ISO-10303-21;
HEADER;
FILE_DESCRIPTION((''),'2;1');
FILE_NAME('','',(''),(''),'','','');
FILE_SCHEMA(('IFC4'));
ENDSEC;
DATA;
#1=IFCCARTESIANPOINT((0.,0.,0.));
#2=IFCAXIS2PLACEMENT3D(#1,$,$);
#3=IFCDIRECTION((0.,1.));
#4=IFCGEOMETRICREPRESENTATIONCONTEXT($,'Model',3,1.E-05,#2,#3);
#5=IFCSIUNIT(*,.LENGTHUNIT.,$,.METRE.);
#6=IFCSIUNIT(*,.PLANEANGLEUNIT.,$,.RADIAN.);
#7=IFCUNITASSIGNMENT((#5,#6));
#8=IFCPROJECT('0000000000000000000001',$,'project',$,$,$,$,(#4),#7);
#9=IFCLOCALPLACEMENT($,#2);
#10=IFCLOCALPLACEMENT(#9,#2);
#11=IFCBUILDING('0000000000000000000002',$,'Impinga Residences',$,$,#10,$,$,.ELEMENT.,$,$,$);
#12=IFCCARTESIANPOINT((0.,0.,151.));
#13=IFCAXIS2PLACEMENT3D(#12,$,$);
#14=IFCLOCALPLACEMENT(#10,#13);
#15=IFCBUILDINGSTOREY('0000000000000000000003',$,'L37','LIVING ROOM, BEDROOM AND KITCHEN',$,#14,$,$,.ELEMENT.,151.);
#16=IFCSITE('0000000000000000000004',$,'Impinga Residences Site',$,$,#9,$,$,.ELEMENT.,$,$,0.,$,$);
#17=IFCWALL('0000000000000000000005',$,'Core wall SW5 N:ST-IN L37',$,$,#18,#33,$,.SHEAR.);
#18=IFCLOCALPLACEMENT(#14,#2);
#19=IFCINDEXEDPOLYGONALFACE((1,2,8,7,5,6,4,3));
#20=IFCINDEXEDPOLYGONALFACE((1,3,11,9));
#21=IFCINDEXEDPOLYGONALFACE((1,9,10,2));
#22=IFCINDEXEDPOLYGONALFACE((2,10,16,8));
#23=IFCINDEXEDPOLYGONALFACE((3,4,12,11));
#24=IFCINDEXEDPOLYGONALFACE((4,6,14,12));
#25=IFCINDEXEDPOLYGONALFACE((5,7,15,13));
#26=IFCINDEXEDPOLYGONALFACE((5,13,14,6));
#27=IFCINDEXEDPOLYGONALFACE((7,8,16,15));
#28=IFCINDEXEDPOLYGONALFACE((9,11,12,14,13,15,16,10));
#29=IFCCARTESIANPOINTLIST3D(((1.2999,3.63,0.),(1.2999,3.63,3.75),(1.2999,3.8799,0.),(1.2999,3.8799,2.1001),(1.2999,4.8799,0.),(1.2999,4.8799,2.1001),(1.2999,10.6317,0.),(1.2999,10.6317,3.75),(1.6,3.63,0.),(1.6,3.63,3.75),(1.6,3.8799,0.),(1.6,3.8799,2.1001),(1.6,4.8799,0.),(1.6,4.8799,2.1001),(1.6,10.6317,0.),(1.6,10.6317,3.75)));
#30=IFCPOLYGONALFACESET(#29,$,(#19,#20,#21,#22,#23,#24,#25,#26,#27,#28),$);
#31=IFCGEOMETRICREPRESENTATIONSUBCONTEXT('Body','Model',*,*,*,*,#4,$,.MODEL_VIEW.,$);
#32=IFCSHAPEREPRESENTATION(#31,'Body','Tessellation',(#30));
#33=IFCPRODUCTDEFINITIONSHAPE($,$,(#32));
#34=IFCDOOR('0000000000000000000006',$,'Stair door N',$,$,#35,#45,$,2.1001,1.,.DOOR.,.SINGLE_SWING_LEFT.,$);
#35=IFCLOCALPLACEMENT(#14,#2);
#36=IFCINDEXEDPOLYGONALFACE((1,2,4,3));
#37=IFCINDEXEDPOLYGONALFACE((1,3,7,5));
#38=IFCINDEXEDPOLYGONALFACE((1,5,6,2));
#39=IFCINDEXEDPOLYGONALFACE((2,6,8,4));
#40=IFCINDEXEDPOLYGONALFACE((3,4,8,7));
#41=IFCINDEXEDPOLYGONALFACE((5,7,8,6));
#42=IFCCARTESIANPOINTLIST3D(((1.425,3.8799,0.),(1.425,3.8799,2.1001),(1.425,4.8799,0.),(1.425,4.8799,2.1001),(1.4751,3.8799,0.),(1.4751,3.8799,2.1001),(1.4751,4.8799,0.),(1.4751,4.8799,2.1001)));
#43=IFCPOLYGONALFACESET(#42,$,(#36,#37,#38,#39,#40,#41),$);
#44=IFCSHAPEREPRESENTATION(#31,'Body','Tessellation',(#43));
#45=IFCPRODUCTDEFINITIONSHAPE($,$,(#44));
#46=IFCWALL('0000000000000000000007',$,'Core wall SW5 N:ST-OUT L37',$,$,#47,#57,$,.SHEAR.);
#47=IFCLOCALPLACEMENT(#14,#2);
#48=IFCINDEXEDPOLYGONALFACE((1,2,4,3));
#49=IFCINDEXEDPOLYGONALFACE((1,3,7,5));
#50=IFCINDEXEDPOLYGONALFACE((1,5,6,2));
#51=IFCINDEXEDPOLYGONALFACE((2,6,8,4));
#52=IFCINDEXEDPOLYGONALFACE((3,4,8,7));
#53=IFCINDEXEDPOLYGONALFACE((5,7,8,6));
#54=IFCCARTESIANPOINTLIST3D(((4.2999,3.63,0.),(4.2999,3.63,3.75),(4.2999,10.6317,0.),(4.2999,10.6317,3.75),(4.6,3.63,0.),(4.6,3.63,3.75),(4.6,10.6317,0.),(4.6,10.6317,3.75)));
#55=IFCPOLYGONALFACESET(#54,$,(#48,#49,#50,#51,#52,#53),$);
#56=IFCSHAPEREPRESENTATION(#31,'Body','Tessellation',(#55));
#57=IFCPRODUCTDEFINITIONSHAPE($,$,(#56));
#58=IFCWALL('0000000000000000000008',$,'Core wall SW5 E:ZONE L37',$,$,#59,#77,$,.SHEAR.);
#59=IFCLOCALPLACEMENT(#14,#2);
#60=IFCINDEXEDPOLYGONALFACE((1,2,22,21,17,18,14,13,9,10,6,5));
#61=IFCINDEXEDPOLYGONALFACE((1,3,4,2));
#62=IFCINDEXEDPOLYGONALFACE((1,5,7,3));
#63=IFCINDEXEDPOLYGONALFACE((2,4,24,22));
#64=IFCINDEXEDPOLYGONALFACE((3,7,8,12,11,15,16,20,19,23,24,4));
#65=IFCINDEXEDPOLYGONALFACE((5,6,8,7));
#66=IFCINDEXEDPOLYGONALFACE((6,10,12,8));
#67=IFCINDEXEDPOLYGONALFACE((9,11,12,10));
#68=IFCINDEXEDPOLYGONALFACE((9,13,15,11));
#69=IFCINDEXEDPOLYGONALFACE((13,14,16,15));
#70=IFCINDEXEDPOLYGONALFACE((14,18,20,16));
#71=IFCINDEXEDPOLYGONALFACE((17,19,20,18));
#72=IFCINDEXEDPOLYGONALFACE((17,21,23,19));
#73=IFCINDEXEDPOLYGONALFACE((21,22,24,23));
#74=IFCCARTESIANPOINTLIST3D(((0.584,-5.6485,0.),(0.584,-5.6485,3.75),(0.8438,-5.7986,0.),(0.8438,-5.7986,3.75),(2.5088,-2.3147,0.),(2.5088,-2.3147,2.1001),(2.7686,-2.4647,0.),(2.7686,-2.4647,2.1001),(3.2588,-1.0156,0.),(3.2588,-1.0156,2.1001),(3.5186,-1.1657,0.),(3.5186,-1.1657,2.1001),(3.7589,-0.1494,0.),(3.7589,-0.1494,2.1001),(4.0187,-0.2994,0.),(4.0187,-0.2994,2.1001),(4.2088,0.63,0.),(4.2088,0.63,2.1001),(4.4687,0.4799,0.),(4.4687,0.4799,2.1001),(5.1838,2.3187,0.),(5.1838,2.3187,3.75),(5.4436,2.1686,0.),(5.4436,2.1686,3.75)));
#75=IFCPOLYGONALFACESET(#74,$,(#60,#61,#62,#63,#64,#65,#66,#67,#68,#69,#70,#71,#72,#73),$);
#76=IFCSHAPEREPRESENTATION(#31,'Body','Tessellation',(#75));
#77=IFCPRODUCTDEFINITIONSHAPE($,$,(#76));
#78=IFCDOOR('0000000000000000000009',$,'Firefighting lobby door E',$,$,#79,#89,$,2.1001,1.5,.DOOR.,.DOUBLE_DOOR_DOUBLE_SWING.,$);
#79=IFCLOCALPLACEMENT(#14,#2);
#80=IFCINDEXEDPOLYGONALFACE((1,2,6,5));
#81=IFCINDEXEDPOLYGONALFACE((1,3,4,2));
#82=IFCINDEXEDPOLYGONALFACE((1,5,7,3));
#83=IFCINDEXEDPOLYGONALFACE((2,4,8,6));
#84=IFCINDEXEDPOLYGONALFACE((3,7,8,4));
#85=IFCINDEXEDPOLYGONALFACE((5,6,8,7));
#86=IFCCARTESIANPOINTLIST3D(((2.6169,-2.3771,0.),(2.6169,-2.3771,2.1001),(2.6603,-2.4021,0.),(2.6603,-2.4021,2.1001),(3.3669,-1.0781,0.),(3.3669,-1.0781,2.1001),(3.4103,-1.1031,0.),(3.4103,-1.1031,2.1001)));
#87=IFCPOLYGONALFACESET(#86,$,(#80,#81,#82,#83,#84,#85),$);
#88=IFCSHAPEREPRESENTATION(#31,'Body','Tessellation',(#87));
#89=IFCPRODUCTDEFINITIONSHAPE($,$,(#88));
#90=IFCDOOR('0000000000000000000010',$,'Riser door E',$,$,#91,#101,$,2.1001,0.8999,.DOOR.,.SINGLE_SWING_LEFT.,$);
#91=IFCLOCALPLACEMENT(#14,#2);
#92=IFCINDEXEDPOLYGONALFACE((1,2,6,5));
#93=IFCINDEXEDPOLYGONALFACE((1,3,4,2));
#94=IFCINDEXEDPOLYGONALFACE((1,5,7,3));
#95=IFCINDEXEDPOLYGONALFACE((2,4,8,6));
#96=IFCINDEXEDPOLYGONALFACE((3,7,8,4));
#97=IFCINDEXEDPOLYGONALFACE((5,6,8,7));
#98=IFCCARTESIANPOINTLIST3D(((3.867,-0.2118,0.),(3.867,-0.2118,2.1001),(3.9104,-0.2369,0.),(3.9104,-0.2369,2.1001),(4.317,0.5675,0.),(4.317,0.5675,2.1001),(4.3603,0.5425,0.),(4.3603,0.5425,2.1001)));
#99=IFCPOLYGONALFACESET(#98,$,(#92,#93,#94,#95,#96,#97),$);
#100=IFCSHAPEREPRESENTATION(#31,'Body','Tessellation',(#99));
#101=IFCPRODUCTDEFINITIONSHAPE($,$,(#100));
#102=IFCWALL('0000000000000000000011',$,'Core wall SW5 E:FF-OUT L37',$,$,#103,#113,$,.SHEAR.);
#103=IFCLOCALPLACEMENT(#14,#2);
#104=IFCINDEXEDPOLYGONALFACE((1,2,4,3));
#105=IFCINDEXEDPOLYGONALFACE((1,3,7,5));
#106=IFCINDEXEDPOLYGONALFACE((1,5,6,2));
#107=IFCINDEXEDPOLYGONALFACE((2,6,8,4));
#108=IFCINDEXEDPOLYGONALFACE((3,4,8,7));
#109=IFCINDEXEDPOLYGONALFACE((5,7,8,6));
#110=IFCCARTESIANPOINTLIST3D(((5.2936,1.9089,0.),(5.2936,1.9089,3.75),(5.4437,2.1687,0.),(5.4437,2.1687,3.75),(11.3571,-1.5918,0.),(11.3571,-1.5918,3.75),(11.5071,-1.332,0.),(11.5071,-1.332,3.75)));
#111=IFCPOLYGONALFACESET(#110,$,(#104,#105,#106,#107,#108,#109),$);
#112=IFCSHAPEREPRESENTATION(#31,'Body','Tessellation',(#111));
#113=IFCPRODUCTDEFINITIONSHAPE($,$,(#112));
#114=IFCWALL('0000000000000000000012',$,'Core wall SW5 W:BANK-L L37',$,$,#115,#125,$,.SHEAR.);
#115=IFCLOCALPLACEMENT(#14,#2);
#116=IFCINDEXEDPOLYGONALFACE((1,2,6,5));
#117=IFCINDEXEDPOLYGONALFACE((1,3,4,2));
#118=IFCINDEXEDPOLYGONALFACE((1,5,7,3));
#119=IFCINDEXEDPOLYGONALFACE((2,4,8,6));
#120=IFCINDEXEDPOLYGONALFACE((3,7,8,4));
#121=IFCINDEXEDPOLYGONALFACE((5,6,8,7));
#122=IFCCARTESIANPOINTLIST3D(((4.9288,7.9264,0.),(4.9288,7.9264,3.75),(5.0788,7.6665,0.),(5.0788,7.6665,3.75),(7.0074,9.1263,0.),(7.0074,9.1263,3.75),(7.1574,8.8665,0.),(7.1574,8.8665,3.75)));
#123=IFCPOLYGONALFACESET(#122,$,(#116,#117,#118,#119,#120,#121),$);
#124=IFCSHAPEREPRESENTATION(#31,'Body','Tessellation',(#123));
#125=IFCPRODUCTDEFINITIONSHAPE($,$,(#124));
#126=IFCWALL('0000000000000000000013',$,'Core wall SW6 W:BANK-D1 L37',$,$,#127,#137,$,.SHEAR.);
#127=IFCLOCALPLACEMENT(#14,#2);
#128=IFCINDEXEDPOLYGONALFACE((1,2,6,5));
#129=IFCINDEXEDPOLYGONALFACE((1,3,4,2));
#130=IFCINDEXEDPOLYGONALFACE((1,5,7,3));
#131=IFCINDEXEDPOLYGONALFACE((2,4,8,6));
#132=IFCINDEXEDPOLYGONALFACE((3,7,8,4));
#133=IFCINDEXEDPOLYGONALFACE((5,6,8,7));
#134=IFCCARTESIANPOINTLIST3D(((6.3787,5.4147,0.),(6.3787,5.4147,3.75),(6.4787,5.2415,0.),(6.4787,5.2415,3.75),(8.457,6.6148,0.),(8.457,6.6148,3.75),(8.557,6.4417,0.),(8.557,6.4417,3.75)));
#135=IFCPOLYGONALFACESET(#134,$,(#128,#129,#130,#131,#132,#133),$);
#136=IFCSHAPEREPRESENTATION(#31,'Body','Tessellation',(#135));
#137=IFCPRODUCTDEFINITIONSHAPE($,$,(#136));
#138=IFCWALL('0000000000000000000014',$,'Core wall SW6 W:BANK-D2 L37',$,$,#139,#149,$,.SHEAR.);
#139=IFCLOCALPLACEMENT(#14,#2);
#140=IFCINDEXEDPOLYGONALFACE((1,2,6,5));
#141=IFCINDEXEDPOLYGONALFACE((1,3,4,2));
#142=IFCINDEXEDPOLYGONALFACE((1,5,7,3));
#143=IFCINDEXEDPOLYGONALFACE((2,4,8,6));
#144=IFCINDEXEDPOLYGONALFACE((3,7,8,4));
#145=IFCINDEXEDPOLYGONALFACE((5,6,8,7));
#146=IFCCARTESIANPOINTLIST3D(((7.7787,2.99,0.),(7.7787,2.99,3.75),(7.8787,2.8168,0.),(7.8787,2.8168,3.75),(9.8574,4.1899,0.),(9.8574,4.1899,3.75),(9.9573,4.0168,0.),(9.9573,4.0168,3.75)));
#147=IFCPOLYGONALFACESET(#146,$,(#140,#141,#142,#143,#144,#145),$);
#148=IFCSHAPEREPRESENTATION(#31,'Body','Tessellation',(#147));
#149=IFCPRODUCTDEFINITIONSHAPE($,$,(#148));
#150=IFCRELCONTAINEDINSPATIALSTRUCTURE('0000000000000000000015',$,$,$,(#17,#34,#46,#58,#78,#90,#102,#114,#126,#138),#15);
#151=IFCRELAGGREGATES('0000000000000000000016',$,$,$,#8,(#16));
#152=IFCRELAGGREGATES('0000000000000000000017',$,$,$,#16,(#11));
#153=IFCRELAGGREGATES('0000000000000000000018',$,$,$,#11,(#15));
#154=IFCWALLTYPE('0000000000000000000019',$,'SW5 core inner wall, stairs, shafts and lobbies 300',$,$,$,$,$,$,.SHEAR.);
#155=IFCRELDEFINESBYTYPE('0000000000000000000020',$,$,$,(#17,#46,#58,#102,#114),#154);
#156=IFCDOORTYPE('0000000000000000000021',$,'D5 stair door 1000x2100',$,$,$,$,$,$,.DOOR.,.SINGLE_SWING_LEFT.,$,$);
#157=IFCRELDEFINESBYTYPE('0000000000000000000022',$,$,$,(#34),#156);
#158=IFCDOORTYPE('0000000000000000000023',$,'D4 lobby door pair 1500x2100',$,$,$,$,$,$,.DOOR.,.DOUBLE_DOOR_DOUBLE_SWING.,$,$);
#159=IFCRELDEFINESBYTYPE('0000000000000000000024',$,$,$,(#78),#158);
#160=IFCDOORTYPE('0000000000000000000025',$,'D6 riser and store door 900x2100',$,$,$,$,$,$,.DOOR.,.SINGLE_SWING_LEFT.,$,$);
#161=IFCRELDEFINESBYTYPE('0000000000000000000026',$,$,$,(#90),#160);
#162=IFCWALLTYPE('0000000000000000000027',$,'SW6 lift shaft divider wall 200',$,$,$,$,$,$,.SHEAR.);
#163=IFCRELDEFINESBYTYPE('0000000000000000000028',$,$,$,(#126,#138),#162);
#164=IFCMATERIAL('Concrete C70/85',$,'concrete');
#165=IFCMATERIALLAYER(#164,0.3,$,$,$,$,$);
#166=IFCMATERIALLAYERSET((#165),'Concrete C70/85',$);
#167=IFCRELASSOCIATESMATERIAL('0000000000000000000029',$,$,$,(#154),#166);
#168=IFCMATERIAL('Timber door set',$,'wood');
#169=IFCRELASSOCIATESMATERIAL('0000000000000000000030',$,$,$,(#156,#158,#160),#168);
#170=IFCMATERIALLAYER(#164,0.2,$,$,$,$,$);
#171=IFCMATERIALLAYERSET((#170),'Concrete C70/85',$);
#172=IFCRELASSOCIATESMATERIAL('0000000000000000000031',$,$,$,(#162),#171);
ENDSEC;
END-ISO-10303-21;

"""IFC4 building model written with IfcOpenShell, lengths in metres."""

from ifc_helpers import new_model, si_unit, direction, frame, frame_2d, origin, place, context, subcontext, project, spatial, rectangle, extrude, material, layer, layer_set, type_object, element, fill, save


model = new_model("IFC4")

# Units and contexts
model_context = context("Model", 3, precision=1e-05, world=origin(), true_north=direction((0.0, 1.0)))
body_context = subcontext(model_context, "Body", "Model", "MODEL_VIEW")
ifc_project = project(units=[si_unit("LENGTHUNIT", "METRE"), si_unit("PLANEANGLEUNIT", "RADIAN")], contexts=[model_context])

# Site, building, storey
site_placement = place(None, origin())
site = spatial("IfcSite", under=ifc_project, at=site_placement, Name="Impinga Residences Site", CompositionType="ELEMENT", RefElevation=0.0)
building_placement = place(site_placement, origin())
building = spatial("IfcBuilding", under=site, at=building_placement, Name="Impinga Residences", CompositionType="ELEMENT")
storey_placement = place(building_placement, frame((0.0, 0.0, 151.0)))
storey = spatial("IfcBuildingStorey", under=building, at=storey_placement, Name="L37", Description="LIVING ROOM, BEDROOM AND KITCHEN", CompositionType="ELEMENT", Elevation=151.0)

# Wall, opening, door
ifc_material_1 = material(Name="Concrete C70/85", Category="concrete")
ifc_layer_1 = layer(ifc_material_1, 0.3)
ifc_layer_set_1 = layer_set([ifc_layer_1], Name="Concrete C70/85")
wall_type_1 = type_object("IfcWallType", Name="SW5 core inner wall, stairs, shafts and lobbies 300", PredefinedType="SHEAR", material=ifc_layer_set_1)
wall_1_placement = place(storey_placement, frame((1.45, 3.6299, 0.0), z_axis=(0.0, 0.0, 1.0), x_axis=(0.0, 1.0, 0.0)))
wall_1 = element("IfcWall", 1, at=wall_1_placement, inside=storey, type_object=wall_type_1, Name="Core wall SW5 N:ST-IN L37", PredefinedType="SHEAR", context=body_context, shape_type="SweptSolid", body=[
    extrude(rectangle(XDim=7.0017, YDim=0.3, at=frame_2d((3.501, 0.0))), origin(), (0.0, 0.0, 1.0), 3.75),
])
opening_1_placement = place(wall_1_placement, frame((0.25, 0.0, 0.0)))
opening_1 = element("IfcOpeningElement", 2, at=opening_1_placement, cuts=wall_1, PredefinedType="OPENING", context=body_context, shape_type="SweptSolid", body=[
    extrude(rectangle(XDim=1.0, YDim=2.1001, at=frame_2d((0.5, 1.05))), frame((0.0, 0.1599, 0.0), z_axis=(0.0, -1.0, 0.0), x_axis=(1.0, 0.0, 0.0)), (0.0, 0.0, 1.0), 0.3201),
])
ifc_material_2 = material(Name="Timber door set", Category="wood")
door_type_1 = type_object("IfcDoorType", Name="D5 stair door 1000x2100", OperationType="SINGLE_SWING_LEFT", PredefinedType="DOOR", material=ifc_material_2)
door_1_placement = place(opening_1_placement, origin())
door_1 = element("IfcDoor", 3, at=door_1_placement, inside=storey, type_object=door_type_1, Name="Stair door N", OperationType="SINGLE_SWING_LEFT", OverallHeight=2.1001, OverallWidth=1.0, PredefinedType="DOOR", context=body_context, shape_type="SweptSolid", body=[
    extrude(rectangle(XDim=1.0, YDim=2.1001, at=frame_2d((0.5, 1.05))), frame((0.0, 0.0249, 0.0), z_axis=(0.0, -1.0, 0.0), x_axis=(1.0, 0.0, 0.0)), (0.0, 0.0, 1.0), 0.05),
])
fill(opening_1, door_1)

# Wall
wall_2_placement = place(storey_placement, frame((4.45, 3.6299, 0.0), z_axis=(0.0, 0.0, 1.0), x_axis=(0.0, 1.0, 0.0)))
element("IfcWall", 4, at=wall_2_placement, inside=storey, type_object=wall_type_1, Name="Core wall SW5 N:ST-OUT L37", PredefinedType="SHEAR", context=body_context, shape_type="SweptSolid", body=[
    extrude(rectangle(XDim=7.0017, YDim=0.3, at=frame_2d((3.501, 0.0))), origin(), (0.0, 0.0, 1.0), 3.75),
])

# Wall, openings, doors
wall_3_placement = place(storey_placement, frame((5.3137, 2.2437, 0.0), z_axis=(0.0, 0.0, 1.0), x_axis=(-0.499995, -0.866028, 0.0)))
wall_3 = element("IfcWall", 5, at=wall_3_placement, inside=storey, type_object=wall_type_1, Name="Core wall SW5 E:ZONE L37", PredefinedType="SHEAR", context=body_context, shape_type="SweptSolid", body=[
    extrude(rectangle(XDim=9.1997, YDim=0.3, at=frame_2d((4.5999, 0.0))), origin(), (0.0, 0.0, 1.0), 3.75),
])
opening_2_placement = place(wall_3_placement, frame((3.8501, 0.0, 0.0)))
opening_2 = element("IfcOpeningElement", 6, at=opening_2_placement, cuts=wall_3, PredefinedType="OPENING", context=body_context, shape_type="SweptSolid", body=[
    extrude(rectangle(XDim=1.5, YDim=2.1001, at=frame_2d((0.75, 1.05))), frame((0.0, 0.1599, 0.0), z_axis=(0.0, -1.0, 0.0), x_axis=(1.0, 0.0, 0.0)), (0.0, 0.0, 1.0), 0.3201),
])
opening_3_placement = place(wall_3_placement, frame((1.95, 0.0, 0.0)))
opening_3 = element("IfcOpeningElement", 7, at=opening_3_placement, cuts=wall_3, PredefinedType="OPENING", context=body_context, shape_type="SweptSolid", body=[
    extrude(rectangle(XDim=0.8999, YDim=2.1001, at=frame_2d((0.45, 1.05))), frame((0.0, 0.1599, 0.0), z_axis=(0.0, -1.0, 0.0), x_axis=(1.0, 0.0, 0.0)), (0.0, 0.0, 1.0), 0.3201),
])
door_type_2 = type_object("IfcDoorType", Name="D4 lobby door pair 1500x2100", OperationType="DOUBLE_DOOR_DOUBLE_SWING", PredefinedType="DOOR", material=ifc_material_2)
door_2_placement = place(opening_2_placement, origin())
door_2 = element("IfcDoor", 8, at=door_2_placement, inside=storey, type_object=door_type_2, Name="Firefighting lobby door E", OperationType="DOUBLE_DOOR_DOUBLE_SWING", OverallHeight=2.1001, OverallWidth=1.5, PredefinedType="DOOR", context=body_context, shape_type="SweptSolid", body=[
    extrude(rectangle(XDim=1.5, YDim=2.1001, at=frame_2d((0.75, 1.05))), frame((0.0, 0.0249, 0.0), z_axis=(0.0, -1.0, 0.0), x_axis=(1.0, 0.0, 0.0)), (0.0, 0.0, 1.0), 0.05),
])
fill(opening_2, door_2)
door_type_3 = type_object("IfcDoorType", Name="D6 riser and store door 900x2100", OperationType="SINGLE_SWING_LEFT", PredefinedType="DOOR", material=ifc_material_2)
door_3_placement = place(opening_3_placement, origin())
door_3 = element("IfcDoor", 9, at=door_3_placement, inside=storey, type_object=door_type_3, Name="Riser door E", OperationType="SINGLE_SWING_LEFT", OverallHeight=2.1001, OverallWidth=0.8999, PredefinedType="DOOR", context=body_context, shape_type="SweptSolid", body=[
    extrude(rectangle(XDim=0.8999, YDim=2.1001, at=frame_2d((0.45, 1.05))), frame((0.0, 0.0249, 0.0), z_axis=(0.0, -1.0, 0.0), x_axis=(1.0, 0.0, 0.0)), (0.0, 0.0, 1.0), 0.05),
])
fill(opening_3, door_3)

# Walls
wall_4_placement = place(storey_placement, frame((5.3687, 2.0388, 0.0), z_axis=(0.0, 0.0, 1.0), x_axis=(0.866026, -0.499998, 0.0)))
element("IfcWall", 10, at=wall_4_placement, inside=storey, type_object=wall_type_1, Name="Core wall SW5 E:FF-OUT L37", PredefinedType="SHEAR", context=body_context, shape_type="SweptSolid", body=[
    extrude(rectangle(XDim=7.0015, YDim=0.3, at=frame_2d((3.5007, 0.0))), origin(), (0.0, 0.0, 1.0), 3.75),
])
wall_5_placement = place(storey_placement, frame((5.0037, 7.7964, 0.0), z_axis=(0.0, 0.0, 1.0), x_axis=(0.86605, 0.499957, 0.0)))
element("IfcWall", 11, at=wall_5_placement, inside=storey, type_object=wall_type_1, Name="Core wall SW5 W:BANK-L L37", PredefinedType="SHEAR", context=body_context, shape_type="SweptSolid", body=[
    extrude(rectangle(XDim=2.4001, YDim=0.3, at=frame_2d((1.2002, 0.0))), origin(), (0.0, 0.0, 1.0), 3.75),
])
ifc_layer_2 = layer(ifc_material_1, 0.2)
ifc_layer_set_2 = layer_set([ifc_layer_2], Name="Concrete C70/85")
wall_type_2 = type_object("IfcWallType", Name="SW6 lift shaft divider wall 200", PredefinedType="SHEAR", material=ifc_layer_set_2)
wall_6_placement = place(storey_placement, frame((6.4287, 5.3281, 0.0), z_axis=(0.0, 0.0, 1.0), x_axis=(0.865981, 0.500078, 0.0)))
element("IfcWall", 12, at=wall_6_placement, inside=storey, type_object=wall_type_2, Name="Core wall SW6 W:BANK-D1 L37", PredefinedType="SHEAR", context=body_context, shape_type="SweptSolid", body=[
    extrude(rectangle(XDim=2.3999, YDim=0.2, at=frame_2d((1.2, 0.0))), origin(), (0.0, 0.0, 1.0), 3.75),
])
wall_7_placement = place(storey_placement, frame((7.8286, 2.9033, 0.0), z_axis=(0.0, 0.0, 1.0), x_axis=(0.86605, 0.499957, 0.0)))
element("IfcWall", 13, at=wall_7_placement, inside=storey, type_object=wall_type_2, Name="Core wall SW6 W:BANK-D2 L37", PredefinedType="SHEAR", context=body_context, shape_type="SweptSolid", body=[
    extrude(rectangle(XDim=2.4001, YDim=0.2, at=frame_2d((1.2002, 0.0))), origin(), (0.0, 0.0, 1.0), 3.75),
])

save(model, "model.ifc")
